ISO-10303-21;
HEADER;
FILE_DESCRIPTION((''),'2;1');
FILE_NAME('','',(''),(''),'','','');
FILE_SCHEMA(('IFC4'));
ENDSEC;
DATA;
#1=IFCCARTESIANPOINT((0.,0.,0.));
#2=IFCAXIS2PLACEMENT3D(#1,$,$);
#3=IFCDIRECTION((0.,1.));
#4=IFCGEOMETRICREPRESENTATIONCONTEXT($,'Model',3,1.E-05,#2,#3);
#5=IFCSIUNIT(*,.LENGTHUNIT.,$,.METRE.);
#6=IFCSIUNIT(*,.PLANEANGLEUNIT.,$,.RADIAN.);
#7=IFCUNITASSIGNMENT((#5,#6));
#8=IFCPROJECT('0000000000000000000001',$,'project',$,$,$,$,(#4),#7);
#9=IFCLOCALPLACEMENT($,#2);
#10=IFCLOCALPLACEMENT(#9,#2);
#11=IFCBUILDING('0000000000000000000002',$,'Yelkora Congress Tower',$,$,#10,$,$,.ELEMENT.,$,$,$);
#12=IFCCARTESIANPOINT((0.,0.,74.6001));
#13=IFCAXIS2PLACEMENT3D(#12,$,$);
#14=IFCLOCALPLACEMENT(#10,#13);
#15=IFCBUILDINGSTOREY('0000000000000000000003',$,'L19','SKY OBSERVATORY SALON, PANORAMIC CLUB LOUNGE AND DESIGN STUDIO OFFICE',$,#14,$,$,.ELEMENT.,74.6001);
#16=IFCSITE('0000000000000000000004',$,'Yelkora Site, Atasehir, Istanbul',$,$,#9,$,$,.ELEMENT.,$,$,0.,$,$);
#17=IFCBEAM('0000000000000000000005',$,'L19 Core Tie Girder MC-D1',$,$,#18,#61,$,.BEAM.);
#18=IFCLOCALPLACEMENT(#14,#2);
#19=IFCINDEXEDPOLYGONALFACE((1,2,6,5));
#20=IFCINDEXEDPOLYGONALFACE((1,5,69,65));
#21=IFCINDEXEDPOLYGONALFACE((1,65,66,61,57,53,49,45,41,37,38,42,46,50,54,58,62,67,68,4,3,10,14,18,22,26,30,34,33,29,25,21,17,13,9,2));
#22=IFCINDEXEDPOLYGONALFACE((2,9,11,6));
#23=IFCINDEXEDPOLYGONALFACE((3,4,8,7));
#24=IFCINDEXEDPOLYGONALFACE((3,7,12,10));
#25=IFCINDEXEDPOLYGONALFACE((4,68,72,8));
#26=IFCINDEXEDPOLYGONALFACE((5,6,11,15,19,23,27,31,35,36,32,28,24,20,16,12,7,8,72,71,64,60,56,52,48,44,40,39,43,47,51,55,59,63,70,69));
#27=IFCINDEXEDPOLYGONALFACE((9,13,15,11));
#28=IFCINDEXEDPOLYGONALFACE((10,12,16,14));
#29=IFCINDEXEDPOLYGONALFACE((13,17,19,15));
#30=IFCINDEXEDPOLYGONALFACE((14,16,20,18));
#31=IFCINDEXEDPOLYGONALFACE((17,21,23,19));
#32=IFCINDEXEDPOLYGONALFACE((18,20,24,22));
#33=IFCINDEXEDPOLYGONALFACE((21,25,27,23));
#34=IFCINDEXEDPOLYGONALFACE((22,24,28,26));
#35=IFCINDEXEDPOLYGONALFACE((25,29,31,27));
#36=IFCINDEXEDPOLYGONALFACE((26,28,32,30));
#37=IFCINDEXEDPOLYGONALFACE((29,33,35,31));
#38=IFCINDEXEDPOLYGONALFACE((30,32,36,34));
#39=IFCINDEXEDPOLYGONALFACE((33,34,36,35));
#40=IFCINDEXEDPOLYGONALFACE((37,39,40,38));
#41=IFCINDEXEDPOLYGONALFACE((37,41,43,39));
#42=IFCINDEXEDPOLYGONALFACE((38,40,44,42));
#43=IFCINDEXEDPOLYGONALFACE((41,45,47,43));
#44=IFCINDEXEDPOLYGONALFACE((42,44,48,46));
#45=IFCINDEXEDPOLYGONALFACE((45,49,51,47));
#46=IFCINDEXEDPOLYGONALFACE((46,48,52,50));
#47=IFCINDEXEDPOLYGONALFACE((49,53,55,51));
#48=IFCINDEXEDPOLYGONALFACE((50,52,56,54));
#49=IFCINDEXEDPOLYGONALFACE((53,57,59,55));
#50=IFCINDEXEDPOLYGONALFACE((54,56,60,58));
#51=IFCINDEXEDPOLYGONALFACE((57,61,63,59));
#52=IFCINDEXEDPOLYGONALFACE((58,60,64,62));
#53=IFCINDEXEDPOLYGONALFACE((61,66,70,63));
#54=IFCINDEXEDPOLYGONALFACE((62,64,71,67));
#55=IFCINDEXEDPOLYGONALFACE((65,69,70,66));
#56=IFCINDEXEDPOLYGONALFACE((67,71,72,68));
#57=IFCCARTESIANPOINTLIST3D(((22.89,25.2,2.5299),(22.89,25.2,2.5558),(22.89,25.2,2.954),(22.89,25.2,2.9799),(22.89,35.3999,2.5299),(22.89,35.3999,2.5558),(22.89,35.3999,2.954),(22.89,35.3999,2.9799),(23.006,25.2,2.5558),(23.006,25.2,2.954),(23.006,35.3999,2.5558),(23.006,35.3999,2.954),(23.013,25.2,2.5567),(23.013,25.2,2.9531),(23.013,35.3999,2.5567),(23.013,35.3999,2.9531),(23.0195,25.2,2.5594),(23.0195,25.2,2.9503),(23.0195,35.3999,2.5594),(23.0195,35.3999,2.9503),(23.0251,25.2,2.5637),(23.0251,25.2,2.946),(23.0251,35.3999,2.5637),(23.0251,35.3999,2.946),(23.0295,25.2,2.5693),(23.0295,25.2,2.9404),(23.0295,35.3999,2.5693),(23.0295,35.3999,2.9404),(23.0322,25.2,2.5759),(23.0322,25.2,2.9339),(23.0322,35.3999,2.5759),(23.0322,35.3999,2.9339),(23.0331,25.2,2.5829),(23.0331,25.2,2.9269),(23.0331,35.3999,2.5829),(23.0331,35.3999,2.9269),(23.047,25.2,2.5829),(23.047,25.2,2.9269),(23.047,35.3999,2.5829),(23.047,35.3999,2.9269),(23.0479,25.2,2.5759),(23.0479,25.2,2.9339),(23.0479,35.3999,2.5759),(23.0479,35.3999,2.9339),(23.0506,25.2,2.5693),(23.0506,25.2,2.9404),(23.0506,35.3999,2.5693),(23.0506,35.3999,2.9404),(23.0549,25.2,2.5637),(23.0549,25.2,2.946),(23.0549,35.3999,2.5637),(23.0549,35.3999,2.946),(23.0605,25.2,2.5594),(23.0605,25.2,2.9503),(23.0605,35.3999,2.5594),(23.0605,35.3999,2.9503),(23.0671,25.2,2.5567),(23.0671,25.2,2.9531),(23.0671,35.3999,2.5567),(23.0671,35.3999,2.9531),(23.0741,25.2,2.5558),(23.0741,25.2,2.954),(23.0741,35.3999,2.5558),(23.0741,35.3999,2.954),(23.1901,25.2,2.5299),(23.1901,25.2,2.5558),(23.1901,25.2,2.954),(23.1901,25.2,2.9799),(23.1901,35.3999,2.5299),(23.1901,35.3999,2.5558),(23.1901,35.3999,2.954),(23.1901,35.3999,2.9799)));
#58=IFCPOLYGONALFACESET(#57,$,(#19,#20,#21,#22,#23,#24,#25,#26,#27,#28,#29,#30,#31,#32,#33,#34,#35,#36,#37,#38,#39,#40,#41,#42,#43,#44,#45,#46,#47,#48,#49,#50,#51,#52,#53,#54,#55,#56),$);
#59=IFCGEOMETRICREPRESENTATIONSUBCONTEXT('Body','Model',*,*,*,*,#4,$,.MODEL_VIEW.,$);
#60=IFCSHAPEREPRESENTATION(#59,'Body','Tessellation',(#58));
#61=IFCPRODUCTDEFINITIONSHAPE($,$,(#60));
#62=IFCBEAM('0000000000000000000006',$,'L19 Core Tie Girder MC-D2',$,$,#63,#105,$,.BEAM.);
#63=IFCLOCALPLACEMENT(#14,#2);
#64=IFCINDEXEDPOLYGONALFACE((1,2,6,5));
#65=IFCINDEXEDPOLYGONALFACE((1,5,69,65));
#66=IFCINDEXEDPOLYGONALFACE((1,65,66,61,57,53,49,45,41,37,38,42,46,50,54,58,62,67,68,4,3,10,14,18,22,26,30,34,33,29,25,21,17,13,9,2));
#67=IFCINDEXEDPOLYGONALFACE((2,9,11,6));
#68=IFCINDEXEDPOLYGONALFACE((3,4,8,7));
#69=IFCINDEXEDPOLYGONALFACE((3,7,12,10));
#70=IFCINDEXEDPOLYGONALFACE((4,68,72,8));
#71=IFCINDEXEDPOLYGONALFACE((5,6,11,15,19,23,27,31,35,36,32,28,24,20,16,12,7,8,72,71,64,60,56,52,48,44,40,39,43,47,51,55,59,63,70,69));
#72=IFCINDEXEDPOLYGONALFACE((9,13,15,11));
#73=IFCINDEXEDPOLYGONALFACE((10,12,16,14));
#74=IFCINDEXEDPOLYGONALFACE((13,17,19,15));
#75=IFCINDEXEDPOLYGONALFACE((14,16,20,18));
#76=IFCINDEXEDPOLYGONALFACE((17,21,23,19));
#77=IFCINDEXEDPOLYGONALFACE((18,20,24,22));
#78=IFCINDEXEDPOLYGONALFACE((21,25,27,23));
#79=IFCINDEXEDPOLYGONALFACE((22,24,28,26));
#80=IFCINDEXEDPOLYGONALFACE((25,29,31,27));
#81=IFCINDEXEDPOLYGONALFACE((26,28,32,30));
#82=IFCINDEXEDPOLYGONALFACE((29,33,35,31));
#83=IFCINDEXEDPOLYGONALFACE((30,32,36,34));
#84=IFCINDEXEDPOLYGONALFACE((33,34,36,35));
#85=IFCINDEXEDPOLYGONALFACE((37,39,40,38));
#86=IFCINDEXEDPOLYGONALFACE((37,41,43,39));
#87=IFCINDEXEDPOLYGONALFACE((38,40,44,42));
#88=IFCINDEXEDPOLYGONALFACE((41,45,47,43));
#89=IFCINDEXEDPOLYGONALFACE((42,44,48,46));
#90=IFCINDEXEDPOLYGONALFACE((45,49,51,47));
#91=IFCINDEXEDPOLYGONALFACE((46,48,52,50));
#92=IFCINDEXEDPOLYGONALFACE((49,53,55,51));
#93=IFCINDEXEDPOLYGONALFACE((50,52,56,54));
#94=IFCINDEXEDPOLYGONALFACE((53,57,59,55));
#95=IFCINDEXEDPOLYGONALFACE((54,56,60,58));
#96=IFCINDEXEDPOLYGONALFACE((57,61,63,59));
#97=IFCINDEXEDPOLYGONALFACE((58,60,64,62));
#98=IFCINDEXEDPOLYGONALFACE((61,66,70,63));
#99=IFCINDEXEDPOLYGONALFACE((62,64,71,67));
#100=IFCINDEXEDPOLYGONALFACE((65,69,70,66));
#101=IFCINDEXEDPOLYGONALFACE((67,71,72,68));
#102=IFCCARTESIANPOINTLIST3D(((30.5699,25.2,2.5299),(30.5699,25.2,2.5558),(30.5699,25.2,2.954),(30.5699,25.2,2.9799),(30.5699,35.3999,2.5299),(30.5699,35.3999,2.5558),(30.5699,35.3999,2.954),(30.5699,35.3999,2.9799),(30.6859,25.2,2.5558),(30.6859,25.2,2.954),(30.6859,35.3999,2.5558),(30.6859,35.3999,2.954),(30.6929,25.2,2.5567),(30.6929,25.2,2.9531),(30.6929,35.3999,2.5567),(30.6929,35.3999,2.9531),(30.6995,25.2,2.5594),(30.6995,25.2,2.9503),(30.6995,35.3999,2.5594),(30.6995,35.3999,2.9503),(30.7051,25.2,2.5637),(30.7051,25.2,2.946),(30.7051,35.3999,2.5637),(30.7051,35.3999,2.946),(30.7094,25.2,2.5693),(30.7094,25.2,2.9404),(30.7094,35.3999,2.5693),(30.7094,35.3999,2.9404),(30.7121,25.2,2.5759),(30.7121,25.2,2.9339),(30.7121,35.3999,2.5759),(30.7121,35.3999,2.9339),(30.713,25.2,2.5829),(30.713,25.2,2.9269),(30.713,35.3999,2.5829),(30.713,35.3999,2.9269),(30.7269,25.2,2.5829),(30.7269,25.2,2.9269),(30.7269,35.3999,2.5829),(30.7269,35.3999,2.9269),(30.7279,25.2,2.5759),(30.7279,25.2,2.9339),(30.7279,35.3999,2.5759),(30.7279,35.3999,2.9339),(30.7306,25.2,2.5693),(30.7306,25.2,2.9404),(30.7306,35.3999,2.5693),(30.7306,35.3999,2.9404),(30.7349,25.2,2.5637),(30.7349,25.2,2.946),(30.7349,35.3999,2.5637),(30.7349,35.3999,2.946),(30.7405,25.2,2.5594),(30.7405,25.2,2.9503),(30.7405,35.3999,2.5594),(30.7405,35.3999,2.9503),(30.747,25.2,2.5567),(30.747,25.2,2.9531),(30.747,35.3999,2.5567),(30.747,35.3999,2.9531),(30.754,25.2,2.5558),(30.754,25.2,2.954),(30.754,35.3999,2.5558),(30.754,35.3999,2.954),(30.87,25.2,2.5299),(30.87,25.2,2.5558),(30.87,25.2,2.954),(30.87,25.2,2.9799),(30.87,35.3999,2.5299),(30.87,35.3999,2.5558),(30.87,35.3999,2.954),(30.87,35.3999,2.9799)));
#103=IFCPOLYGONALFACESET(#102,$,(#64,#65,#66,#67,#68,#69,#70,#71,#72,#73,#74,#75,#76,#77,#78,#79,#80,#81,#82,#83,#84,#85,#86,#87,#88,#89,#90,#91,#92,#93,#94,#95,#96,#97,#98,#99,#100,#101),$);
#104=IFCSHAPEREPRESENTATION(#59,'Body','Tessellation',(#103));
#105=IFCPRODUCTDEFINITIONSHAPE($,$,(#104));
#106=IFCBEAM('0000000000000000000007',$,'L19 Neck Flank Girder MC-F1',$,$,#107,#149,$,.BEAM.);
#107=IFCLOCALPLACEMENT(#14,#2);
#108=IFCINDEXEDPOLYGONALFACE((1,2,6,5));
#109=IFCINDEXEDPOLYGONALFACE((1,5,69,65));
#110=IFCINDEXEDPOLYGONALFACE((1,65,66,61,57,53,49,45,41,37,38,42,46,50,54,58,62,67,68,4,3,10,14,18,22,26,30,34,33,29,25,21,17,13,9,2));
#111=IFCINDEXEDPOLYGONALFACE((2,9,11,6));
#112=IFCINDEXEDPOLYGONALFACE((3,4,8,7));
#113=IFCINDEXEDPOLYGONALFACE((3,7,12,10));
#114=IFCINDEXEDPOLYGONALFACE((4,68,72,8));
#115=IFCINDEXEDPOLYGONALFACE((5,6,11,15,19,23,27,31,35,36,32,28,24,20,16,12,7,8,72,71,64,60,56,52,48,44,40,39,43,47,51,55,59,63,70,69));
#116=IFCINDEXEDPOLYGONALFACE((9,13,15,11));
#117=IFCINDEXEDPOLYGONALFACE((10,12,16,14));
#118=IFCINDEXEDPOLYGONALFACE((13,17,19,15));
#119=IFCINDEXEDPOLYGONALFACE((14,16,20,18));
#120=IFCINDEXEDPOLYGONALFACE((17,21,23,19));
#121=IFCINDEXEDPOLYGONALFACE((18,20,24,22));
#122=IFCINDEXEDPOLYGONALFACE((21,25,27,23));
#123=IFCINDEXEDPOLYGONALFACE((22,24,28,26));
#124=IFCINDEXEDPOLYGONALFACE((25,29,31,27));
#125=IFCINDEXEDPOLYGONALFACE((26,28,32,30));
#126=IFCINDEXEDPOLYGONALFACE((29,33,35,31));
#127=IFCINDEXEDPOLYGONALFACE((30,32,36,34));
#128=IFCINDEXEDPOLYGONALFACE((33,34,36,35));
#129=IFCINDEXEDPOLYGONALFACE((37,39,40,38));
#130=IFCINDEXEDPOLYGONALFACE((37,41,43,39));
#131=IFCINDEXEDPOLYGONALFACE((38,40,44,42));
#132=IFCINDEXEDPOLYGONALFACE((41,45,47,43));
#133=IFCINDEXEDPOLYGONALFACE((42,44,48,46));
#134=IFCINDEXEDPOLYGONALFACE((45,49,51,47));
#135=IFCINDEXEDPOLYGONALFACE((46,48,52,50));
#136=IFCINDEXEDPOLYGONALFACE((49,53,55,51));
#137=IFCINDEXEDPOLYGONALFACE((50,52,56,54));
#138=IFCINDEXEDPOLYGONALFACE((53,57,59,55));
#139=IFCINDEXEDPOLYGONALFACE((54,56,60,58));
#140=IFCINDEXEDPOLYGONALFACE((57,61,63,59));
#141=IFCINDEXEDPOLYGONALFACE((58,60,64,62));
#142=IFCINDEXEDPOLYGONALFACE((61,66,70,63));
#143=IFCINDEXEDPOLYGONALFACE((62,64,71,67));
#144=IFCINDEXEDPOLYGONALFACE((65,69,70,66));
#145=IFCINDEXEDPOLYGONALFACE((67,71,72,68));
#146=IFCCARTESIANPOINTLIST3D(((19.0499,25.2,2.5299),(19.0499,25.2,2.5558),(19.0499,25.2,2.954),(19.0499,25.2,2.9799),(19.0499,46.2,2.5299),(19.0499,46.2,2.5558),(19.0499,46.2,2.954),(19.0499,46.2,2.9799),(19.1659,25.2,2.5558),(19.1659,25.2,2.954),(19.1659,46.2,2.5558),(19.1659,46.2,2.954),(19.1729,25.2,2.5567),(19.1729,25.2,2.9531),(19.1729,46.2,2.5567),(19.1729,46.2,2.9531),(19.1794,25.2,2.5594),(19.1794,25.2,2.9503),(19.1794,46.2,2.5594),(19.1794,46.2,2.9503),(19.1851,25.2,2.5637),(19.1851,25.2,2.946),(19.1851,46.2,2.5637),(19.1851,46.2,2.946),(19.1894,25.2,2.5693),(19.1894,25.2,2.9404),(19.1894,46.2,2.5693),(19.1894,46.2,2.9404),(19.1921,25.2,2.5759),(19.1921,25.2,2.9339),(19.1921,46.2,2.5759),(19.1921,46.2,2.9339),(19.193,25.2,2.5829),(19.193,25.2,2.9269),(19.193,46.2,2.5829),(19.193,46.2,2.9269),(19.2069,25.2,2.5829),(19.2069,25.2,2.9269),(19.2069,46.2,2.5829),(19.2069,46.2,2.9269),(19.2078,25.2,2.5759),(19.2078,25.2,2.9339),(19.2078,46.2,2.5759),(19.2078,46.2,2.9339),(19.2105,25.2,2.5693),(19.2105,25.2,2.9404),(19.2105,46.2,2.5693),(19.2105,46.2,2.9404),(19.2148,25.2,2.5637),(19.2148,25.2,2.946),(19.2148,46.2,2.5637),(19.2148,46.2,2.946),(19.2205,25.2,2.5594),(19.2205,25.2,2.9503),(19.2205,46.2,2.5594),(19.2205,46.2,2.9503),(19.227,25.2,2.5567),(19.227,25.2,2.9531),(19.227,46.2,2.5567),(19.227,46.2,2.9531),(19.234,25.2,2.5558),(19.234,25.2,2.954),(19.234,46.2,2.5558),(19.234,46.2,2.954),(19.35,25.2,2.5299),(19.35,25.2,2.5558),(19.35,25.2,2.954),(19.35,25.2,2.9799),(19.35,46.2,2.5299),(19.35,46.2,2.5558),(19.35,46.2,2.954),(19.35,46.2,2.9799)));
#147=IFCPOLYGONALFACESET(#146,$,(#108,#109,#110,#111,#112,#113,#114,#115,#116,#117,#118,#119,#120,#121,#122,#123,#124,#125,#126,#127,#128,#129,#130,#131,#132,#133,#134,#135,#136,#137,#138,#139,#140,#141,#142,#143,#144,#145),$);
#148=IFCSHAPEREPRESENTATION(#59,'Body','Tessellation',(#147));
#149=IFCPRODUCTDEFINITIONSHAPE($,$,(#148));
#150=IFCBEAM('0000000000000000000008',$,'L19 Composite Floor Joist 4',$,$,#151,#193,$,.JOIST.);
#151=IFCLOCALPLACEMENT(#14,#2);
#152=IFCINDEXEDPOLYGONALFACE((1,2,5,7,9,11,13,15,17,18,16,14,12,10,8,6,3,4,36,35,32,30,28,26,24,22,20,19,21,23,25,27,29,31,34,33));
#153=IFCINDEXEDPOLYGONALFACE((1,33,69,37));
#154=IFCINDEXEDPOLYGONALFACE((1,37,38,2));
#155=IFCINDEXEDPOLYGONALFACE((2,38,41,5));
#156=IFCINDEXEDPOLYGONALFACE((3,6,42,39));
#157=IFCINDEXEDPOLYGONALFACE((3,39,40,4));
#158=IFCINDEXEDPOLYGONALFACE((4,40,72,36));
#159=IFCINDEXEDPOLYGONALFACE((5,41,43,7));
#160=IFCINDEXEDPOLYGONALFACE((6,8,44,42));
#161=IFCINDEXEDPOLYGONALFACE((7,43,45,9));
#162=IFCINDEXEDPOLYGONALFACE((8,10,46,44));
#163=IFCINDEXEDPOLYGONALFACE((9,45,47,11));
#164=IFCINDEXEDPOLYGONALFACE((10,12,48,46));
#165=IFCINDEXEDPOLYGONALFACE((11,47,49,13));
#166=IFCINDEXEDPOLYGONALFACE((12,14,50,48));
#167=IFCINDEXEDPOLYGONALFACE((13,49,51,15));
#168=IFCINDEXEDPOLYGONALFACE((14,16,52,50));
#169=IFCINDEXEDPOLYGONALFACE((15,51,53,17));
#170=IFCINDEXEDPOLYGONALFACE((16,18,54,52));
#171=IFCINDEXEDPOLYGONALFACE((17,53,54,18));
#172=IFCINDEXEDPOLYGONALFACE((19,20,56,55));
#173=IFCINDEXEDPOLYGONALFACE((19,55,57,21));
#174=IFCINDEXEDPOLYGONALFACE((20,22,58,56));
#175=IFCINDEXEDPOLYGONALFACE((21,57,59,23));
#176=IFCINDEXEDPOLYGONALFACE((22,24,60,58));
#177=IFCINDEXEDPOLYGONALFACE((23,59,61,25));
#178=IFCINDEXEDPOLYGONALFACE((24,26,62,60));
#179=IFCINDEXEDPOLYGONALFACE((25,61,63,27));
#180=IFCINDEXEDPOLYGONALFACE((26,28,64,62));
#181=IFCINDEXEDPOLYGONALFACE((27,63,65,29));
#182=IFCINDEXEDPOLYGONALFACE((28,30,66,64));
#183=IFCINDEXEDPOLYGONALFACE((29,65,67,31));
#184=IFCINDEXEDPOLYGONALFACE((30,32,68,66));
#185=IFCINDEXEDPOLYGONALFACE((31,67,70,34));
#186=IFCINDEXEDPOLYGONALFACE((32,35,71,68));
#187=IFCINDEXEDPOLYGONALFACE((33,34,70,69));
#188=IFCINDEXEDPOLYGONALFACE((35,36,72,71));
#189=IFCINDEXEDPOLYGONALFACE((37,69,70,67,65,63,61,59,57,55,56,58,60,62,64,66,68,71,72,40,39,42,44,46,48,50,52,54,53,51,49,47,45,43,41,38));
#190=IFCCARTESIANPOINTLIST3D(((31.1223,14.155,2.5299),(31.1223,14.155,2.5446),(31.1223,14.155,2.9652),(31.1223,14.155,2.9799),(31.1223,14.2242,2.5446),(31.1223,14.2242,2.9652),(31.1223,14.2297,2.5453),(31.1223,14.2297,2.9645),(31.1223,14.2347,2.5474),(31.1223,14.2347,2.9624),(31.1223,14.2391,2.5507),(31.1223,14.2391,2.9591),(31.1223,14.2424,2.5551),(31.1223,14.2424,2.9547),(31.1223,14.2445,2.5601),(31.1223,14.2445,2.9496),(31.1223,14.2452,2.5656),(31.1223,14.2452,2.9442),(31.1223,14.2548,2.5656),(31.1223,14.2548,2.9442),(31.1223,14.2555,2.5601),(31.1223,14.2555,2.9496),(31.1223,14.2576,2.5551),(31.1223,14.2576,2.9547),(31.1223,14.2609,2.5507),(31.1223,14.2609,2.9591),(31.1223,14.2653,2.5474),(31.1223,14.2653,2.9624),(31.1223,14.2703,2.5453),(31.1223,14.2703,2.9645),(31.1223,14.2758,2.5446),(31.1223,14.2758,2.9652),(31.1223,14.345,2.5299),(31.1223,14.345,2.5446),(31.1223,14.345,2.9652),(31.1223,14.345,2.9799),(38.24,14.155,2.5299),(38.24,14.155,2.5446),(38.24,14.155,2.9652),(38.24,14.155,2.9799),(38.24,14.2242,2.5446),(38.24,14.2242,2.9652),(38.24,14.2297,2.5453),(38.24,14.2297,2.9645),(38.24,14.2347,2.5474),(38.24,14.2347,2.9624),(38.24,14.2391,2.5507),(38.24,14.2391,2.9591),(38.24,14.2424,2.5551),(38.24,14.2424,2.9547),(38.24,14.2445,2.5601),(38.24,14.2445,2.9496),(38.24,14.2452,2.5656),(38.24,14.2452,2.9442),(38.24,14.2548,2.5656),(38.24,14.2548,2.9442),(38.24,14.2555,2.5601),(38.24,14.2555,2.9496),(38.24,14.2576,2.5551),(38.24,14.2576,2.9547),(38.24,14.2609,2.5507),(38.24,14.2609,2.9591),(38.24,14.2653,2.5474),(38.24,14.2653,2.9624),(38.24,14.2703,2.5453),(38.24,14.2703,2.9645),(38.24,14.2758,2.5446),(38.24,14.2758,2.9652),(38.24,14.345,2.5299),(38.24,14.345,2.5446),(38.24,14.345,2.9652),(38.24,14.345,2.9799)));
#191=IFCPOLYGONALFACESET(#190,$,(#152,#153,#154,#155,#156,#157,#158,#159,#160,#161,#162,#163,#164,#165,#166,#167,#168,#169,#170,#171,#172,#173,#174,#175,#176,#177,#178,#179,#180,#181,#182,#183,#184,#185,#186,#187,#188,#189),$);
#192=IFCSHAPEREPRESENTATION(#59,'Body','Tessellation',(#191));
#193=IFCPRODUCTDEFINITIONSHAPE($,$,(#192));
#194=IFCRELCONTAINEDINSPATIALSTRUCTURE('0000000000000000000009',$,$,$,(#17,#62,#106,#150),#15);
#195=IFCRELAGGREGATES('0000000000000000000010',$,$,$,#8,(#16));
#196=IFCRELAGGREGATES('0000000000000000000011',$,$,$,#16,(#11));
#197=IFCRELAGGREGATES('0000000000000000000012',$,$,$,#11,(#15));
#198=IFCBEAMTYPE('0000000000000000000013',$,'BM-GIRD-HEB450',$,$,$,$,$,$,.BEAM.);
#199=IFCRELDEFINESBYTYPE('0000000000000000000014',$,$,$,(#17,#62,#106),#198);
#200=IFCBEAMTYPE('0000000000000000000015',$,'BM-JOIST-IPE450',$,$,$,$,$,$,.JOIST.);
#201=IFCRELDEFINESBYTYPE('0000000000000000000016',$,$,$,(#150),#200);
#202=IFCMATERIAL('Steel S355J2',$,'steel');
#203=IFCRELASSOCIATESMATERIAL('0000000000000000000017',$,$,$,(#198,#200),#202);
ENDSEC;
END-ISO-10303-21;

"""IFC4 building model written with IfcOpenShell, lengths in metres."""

from ifc_helpers import new_model, si_unit, direction, frame, origin, origin_2d, place, context, subcontext, project, spatial, i_section, extrude, material, material_profile, profile_set, type_object, element, save


model = new_model("IFC4")

# Units and contexts
model_context = context("Model", 3, precision=1e-05, world=origin(), true_north=direction((0.0, 1.0)))
body_context = subcontext(model_context, "Body", "Model", "MODEL_VIEW")
ifc_project = project(units=[si_unit("LENGTHUNIT", "METRE"), si_unit("PLANEANGLEUNIT", "RADIAN")], contexts=[model_context])

# Site, building, storey
site_placement = place(None, origin())
site = spatial("IfcSite", under=ifc_project, at=site_placement, Name="Yelkora Site, Atasehir, Istanbul", CompositionType="ELEMENT", RefElevation=0.0)
building_placement = place(site_placement, origin())
building = spatial("IfcBuilding", under=site, at=building_placement, Name="Yelkora Congress Tower", CompositionType="ELEMENT")
storey_placement = place(building_placement, frame((0.0, 0.0, 74.6001)))
storey = spatial("IfcBuildingStorey", under=building, at=storey_placement, Name="L19", Description="SKY OBSERVATORY SALON, PANORAMIC CLUB LOUNGE AND DESIGN STUDIO OFFICE", CompositionType="ELEMENT", Elevation=74.6001)

# Beams
ifc_material_1 = material(Name="Steel S355J2", Category="steel")
ifc_material_profile_1 = material_profile(ifc_material_1, i_section(OverallWidth=0.3, OverallDepth=0.45, WebThickness=0.0139, FlangeThickness=0.0259, FilletRadius=0.0271, at=origin_2d()), Name="HEB 450")
ifc_profile_set_1 = profile_set([ifc_material_profile_1], Name="Steel S355J2")
beam_type_1 = type_object("IfcBeamType", Name="BM-GIRD-HEB450", PredefinedType="BEAM", material=ifc_profile_set_1)
for number, where, z_axis, x_axis, name in (
    (1, (23.04, 25.2, 2.7549), (0.0, 1.0, 0.0), (-1.0, 0.0, 0.0), "L19 Core Tie Girder MC-D1"),
    (2, (30.72, 25.2, 2.7549), (0.0, 1.0, 0.0), (-1.0, 0.0, 0.0), "L19 Core Tie Girder MC-D2"),
):
    element("IfcBeam", number, at=place(storey_placement, frame(where, z_axis=z_axis, x_axis=x_axis)), inside=storey, type_object=beam_type_1, Name=name, PredefinedType="BEAM", context=body_context, shape_type="SweptSolid", body=[
        extrude(i_section(OverallWidth=0.3, OverallDepth=0.45, WebThickness=0.0139, FlangeThickness=0.0259, FilletRadius=0.0271, at=origin_2d()), origin(), (0.0, 0.0, 1.0), 10.2),
    ])
beam_1_placement = place(storey_placement, frame((19.2, 25.2, 2.7549), z_axis=(0.0, 1.0, 0.0), x_axis=(-1.0, 0.0, 0.0)))
element("IfcBeam", 3, at=beam_1_placement, inside=storey, type_object=beam_type_1, Name="L19 Neck Flank Girder MC-F1", PredefinedType="BEAM", context=body_context, shape_type="SweptSolid", body=[
    extrude(i_section(OverallWidth=0.3, OverallDepth=0.45, WebThickness=0.0139, FlangeThickness=0.0259, FilletRadius=0.0271, at=origin_2d()), origin(), (0.0, 0.0, 1.0), 21.0),
])
ifc_material_profile_2 = material_profile(ifc_material_1, i_section(OverallWidth=0.1899, OverallDepth=0.45, WebThickness=0.0095, FlangeThickness=0.0146, FilletRadius=0.021, at=origin_2d()), Name="IPE 450")
ifc_profile_set_2 = profile_set([ifc_material_profile_2], Name="Steel S355J2")
beam_type_2 = type_object("IfcBeamType", Name="BM-JOIST-IPE450", PredefinedType="JOIST", material=ifc_profile_set_2)
beam_2_placement = place(storey_placement, frame((31.1223, 14.25, 2.7549), z_axis=(1.0, 0.0, 0.0), x_axis=(0.0, 1.0, 0.0)))
element("IfcBeam", 4, at=beam_2_placement, inside=storey, type_object=beam_type_2, Name="L19 Composite Floor Joist 4", PredefinedType="JOIST", context=body_context, shape_type="SweptSolid", body=[
    extrude(i_section(OverallWidth=0.1899, OverallDepth=0.45, WebThickness=0.0095, FlangeThickness=0.0146, FilletRadius=0.021, at=origin_2d()), origin(), (0.0, 0.0, 1.0), 7.1177),
])

save(model, "model.ifc")
